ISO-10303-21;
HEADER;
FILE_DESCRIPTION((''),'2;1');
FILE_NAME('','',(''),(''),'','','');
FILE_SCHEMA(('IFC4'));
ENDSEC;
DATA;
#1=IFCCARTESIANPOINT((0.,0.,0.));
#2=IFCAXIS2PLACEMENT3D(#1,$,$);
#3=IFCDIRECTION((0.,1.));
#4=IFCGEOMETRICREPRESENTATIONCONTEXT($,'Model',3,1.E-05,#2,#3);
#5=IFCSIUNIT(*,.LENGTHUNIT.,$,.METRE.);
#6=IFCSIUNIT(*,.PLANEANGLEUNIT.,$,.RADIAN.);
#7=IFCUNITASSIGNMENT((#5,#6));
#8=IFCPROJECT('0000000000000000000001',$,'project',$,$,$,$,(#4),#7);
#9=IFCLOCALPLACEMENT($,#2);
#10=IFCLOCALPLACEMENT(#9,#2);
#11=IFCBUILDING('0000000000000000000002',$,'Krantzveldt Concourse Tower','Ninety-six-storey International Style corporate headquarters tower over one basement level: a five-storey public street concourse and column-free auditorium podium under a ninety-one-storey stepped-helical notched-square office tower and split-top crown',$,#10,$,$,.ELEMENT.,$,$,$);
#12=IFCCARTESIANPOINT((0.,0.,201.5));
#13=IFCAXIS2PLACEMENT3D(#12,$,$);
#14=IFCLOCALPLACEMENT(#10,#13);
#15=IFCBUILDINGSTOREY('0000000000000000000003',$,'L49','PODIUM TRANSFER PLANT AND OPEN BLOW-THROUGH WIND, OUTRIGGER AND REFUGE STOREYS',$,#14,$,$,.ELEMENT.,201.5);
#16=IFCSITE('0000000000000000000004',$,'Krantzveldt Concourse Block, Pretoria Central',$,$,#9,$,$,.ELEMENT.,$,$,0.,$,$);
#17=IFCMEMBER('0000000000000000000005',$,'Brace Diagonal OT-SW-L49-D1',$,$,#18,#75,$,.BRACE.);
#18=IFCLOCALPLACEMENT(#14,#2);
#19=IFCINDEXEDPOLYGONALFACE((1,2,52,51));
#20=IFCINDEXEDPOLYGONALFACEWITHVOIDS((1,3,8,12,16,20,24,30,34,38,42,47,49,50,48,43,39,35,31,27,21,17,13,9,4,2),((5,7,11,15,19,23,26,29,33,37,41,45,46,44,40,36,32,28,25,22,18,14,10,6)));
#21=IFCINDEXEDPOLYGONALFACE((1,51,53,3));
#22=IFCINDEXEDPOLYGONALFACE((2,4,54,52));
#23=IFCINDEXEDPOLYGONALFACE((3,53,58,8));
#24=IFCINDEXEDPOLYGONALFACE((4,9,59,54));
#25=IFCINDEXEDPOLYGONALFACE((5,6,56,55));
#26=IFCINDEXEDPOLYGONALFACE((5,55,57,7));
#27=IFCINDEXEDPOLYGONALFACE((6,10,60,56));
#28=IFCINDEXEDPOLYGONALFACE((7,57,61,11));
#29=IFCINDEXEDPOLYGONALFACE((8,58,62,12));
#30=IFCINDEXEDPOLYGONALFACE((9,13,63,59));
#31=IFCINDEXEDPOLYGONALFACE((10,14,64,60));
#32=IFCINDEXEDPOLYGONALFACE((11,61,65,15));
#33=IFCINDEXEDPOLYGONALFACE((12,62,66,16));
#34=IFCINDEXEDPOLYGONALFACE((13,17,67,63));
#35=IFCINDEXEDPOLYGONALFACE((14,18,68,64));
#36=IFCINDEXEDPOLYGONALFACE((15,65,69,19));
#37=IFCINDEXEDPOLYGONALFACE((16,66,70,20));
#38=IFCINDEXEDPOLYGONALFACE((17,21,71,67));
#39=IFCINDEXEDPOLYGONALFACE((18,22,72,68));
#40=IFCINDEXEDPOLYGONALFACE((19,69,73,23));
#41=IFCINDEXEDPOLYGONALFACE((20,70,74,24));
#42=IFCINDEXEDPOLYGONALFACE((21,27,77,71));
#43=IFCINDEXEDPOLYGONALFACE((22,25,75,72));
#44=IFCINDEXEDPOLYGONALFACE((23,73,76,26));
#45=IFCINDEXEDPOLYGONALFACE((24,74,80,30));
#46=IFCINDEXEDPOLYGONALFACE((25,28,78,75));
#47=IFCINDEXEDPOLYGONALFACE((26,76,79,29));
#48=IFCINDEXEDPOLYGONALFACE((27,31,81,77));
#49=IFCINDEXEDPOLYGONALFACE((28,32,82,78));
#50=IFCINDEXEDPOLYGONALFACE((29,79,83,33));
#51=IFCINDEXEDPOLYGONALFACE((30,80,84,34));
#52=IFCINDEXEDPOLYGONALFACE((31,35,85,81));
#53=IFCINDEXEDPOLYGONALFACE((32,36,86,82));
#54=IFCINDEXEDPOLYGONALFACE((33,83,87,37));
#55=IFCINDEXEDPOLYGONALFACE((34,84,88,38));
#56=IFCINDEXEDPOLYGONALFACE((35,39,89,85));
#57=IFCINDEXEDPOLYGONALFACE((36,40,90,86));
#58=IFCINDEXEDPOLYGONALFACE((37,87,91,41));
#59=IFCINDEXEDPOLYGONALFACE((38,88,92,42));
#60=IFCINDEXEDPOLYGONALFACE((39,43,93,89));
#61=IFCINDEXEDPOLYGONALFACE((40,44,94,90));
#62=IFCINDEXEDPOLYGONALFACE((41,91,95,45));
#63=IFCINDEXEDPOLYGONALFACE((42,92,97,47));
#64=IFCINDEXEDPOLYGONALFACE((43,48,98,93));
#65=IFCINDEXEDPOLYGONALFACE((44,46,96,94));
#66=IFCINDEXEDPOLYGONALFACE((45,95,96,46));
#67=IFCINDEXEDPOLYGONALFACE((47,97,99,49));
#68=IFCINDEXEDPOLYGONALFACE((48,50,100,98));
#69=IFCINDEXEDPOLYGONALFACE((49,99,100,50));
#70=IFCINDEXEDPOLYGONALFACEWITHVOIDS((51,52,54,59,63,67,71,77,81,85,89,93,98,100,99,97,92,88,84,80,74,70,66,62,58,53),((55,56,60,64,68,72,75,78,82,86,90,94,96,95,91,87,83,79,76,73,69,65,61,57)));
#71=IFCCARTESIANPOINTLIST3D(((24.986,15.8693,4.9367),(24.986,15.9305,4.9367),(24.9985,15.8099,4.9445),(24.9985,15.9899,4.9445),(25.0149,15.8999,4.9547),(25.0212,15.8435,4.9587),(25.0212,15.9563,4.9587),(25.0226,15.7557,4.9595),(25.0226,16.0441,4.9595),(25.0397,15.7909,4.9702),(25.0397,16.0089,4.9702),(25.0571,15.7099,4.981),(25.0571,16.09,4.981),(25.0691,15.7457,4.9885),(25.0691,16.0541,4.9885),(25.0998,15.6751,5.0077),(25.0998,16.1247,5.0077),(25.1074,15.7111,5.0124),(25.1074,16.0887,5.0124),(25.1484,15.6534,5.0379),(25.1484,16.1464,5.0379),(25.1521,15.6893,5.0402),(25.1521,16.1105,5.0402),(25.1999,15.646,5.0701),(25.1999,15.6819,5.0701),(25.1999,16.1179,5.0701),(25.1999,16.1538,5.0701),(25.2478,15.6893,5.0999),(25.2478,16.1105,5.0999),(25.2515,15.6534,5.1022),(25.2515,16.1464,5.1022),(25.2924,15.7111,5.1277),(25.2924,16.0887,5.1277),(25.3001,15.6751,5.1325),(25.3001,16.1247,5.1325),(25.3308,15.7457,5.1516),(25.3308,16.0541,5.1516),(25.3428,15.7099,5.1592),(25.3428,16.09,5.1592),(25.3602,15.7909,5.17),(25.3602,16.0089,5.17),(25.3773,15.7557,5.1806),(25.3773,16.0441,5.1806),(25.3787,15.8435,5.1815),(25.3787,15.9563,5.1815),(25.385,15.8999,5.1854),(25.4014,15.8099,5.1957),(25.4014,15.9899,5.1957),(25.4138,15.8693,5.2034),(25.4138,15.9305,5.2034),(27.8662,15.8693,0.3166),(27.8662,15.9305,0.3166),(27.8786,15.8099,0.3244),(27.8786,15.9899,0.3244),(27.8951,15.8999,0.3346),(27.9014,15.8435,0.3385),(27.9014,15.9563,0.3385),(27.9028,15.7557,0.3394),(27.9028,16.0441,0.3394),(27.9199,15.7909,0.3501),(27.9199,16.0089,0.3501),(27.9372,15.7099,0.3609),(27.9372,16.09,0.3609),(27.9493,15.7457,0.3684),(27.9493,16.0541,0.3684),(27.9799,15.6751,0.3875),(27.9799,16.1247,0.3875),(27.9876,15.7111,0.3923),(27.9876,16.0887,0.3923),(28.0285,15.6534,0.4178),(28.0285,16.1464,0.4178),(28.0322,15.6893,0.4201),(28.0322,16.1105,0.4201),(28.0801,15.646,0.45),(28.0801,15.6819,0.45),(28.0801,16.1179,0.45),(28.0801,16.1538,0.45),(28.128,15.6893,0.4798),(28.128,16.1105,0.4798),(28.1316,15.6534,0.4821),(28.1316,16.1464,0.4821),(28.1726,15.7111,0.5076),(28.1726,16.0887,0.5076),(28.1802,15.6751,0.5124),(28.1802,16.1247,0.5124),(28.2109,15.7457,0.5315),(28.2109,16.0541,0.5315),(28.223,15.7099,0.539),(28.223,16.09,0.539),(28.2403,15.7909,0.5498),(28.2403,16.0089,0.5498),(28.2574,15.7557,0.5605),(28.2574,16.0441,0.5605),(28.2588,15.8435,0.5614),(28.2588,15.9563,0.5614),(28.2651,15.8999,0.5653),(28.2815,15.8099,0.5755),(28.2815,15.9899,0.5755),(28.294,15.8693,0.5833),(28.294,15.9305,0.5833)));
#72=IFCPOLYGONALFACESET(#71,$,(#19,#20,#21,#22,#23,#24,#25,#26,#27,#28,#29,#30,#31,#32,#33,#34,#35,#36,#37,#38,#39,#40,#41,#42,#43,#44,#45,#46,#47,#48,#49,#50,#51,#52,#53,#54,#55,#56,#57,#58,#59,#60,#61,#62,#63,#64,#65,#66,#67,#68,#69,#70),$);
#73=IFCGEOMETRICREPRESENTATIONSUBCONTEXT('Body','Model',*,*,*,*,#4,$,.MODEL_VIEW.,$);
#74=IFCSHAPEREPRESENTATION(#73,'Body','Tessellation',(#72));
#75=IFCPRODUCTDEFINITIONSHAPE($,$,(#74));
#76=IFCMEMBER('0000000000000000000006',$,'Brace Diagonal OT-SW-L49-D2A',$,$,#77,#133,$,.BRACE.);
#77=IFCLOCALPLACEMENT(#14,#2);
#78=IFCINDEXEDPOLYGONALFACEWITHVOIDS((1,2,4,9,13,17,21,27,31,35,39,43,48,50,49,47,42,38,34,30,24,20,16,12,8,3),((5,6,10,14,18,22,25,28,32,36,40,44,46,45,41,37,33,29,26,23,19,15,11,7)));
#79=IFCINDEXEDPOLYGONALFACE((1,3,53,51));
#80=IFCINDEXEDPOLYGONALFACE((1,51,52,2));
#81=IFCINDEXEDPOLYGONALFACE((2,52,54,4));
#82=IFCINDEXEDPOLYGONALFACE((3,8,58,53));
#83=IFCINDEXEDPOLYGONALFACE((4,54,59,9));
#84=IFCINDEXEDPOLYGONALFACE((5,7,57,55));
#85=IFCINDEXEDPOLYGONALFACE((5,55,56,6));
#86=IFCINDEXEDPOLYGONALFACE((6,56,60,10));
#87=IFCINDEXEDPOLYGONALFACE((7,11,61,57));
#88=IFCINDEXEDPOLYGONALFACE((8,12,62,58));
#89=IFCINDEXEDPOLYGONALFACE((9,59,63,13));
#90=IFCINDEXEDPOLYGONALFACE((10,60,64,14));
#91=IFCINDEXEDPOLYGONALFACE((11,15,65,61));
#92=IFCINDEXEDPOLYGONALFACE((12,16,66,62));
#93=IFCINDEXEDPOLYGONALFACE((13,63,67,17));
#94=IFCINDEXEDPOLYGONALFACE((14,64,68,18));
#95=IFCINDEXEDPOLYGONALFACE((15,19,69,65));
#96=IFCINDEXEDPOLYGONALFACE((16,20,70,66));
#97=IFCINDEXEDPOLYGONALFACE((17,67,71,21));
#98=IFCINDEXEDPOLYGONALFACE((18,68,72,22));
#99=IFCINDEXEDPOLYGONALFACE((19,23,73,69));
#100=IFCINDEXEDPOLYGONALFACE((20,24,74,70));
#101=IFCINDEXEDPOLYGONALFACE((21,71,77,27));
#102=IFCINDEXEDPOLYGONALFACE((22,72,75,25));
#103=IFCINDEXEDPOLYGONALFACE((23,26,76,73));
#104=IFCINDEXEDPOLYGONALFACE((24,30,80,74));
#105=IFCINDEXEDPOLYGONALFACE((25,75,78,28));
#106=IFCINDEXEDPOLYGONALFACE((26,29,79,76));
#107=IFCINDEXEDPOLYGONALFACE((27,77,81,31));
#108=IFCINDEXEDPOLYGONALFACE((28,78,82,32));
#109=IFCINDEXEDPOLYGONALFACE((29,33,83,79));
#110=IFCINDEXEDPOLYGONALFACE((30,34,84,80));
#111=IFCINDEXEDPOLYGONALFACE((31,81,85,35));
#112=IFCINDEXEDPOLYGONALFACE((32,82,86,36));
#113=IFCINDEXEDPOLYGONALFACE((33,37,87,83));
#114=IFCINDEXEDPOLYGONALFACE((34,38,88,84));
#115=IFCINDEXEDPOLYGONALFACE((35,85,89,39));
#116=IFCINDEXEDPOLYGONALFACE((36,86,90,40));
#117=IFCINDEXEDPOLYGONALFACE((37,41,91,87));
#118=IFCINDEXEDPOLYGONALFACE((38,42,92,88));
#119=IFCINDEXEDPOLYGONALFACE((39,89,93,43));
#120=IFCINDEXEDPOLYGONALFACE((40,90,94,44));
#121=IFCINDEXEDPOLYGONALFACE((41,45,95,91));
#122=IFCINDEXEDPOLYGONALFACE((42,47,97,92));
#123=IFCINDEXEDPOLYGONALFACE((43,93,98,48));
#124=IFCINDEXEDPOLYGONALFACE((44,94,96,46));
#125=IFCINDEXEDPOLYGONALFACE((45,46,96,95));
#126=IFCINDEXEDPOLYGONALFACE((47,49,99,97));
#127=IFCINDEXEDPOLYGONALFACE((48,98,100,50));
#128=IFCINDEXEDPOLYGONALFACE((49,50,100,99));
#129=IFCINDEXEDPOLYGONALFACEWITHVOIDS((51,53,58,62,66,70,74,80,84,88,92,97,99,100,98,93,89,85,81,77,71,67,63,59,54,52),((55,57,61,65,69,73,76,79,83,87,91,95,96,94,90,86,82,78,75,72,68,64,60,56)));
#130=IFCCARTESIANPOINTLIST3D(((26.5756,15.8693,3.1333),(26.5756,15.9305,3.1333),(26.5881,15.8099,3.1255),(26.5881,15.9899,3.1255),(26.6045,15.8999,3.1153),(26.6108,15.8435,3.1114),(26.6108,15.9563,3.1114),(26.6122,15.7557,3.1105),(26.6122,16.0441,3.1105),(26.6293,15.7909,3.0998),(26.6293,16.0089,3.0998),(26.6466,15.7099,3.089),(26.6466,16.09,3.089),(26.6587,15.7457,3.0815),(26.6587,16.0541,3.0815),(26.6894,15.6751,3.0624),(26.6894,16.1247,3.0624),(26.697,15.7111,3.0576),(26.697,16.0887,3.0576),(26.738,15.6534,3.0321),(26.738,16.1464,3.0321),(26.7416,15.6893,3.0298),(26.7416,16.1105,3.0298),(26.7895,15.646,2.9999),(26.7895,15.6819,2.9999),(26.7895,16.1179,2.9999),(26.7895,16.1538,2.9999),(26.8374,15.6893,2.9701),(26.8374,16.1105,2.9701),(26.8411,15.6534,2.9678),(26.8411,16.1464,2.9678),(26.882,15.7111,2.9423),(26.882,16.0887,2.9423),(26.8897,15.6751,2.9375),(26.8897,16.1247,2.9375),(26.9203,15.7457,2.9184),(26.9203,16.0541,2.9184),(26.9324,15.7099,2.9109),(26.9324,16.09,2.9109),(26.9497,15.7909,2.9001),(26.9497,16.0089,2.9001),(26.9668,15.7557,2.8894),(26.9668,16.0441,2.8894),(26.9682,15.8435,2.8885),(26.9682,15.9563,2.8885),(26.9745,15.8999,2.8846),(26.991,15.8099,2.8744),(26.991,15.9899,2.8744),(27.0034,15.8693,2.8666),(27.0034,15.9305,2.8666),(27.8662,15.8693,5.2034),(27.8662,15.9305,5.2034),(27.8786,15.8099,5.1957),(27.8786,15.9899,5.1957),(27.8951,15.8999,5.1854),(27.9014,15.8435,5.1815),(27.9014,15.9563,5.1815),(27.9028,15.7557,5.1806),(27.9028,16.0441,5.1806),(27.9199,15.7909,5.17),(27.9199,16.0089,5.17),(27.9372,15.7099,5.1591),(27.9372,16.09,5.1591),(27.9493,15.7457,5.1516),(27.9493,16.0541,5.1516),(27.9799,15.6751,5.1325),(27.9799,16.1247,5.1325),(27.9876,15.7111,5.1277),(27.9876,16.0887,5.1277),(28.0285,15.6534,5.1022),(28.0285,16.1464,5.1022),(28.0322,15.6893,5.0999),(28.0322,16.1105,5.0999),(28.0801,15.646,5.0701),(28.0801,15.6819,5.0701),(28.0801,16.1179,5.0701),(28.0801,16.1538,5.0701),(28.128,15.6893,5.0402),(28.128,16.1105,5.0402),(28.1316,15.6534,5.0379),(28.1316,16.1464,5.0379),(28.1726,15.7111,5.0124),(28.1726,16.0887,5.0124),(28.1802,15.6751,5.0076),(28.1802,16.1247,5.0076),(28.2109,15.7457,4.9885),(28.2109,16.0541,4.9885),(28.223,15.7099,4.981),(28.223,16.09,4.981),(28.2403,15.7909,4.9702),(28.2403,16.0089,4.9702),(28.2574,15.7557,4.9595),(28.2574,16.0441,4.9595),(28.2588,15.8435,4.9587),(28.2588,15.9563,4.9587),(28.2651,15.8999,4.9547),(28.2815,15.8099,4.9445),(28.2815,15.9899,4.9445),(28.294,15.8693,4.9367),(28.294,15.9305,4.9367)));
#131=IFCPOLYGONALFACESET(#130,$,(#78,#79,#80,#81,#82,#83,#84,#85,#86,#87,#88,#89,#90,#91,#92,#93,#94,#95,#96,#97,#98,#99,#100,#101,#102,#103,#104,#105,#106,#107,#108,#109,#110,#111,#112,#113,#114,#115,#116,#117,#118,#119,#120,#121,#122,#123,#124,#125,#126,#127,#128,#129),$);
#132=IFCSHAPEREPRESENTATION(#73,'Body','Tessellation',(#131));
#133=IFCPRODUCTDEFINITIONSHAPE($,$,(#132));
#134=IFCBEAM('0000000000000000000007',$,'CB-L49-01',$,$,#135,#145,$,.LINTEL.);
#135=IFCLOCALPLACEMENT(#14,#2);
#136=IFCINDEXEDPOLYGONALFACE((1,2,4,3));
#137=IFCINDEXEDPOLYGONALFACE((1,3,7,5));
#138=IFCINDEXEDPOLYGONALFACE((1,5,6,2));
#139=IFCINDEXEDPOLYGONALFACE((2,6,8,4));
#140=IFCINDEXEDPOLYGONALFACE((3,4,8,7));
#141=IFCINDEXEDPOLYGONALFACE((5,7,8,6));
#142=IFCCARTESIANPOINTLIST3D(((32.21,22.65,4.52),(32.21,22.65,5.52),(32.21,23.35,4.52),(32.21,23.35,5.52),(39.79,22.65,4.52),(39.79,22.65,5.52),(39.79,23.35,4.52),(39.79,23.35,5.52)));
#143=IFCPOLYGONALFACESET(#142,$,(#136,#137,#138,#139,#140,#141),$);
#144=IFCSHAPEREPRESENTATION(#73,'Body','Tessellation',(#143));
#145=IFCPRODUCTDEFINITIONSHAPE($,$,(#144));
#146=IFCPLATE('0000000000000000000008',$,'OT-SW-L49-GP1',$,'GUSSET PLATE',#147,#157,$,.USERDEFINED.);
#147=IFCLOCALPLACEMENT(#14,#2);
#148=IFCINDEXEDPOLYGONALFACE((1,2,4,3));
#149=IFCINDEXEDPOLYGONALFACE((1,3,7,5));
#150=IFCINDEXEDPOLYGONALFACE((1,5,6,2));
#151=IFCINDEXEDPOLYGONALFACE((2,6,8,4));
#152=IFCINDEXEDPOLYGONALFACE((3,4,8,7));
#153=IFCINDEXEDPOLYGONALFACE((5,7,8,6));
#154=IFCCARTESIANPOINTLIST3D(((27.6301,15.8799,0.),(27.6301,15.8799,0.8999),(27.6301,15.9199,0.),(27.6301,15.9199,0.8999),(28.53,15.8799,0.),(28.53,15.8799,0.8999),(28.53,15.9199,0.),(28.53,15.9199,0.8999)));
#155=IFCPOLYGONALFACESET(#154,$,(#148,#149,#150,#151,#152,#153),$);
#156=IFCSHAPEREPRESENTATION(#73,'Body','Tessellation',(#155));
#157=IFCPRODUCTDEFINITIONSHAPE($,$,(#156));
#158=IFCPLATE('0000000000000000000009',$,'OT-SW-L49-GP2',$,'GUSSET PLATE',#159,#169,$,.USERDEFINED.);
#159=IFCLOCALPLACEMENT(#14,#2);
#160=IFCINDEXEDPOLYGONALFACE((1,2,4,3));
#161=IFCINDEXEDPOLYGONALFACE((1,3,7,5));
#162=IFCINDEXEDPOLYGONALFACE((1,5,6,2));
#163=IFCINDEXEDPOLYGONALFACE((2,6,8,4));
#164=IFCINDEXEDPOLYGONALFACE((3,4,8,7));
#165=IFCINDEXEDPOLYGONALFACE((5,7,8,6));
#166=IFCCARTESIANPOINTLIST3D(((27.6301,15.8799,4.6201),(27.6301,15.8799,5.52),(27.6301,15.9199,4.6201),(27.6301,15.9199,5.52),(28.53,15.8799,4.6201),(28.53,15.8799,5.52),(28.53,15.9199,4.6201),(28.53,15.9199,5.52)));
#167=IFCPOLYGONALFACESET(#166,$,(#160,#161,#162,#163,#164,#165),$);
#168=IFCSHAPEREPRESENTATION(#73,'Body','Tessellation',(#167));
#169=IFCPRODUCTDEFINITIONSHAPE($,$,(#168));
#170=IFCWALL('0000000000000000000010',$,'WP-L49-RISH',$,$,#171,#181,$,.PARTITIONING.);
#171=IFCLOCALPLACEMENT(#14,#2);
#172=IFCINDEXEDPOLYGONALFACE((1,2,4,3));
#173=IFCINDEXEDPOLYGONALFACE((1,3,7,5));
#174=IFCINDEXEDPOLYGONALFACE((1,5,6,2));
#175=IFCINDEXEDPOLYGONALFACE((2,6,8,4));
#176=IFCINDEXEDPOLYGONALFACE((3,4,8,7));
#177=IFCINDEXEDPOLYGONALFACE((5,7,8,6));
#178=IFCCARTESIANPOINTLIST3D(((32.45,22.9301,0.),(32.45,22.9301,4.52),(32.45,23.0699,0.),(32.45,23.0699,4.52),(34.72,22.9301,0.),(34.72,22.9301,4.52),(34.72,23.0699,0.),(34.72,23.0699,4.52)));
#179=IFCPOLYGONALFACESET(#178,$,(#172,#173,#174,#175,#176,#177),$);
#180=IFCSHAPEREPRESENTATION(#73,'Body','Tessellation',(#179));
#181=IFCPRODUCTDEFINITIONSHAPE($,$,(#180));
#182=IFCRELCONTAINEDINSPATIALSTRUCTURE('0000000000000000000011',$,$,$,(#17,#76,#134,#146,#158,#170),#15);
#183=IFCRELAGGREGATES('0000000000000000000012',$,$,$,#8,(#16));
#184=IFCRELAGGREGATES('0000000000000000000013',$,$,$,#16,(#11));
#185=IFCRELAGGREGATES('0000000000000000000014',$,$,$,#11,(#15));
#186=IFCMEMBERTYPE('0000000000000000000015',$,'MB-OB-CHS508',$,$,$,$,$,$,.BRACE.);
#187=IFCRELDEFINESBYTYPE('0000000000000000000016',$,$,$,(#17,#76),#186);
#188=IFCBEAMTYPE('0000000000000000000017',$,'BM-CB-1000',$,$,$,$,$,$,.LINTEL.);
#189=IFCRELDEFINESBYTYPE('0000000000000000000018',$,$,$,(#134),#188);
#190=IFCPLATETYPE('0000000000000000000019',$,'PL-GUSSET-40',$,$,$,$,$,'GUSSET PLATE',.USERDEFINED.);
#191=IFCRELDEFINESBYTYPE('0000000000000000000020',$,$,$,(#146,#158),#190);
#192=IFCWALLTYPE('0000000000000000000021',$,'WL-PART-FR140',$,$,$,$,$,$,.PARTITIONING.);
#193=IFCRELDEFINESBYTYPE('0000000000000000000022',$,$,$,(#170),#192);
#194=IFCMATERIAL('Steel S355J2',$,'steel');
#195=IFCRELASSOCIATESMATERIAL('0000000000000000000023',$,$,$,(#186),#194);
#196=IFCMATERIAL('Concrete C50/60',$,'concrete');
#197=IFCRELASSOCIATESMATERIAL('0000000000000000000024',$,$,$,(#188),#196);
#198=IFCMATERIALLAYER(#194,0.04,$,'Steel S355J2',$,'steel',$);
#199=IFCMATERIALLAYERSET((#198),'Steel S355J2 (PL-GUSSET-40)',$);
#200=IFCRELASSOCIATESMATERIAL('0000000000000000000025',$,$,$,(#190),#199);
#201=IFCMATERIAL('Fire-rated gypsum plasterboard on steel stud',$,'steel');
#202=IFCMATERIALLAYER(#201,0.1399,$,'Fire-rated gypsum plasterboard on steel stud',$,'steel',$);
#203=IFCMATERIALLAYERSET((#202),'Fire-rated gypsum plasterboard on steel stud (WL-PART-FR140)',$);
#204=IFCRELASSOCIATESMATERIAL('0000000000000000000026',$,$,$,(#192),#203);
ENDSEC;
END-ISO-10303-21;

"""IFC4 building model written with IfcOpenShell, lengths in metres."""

from ifc_helpers import new_model, si_unit, direction, frame, frame_2d, origin, origin_2d, place, context, subcontext, project, spatial, rectangle, hollow_circle, extrude, source, transform, mapped, material, layer, layer_set, material_profile, profile_set, type_object, type_shapes, element, save


model = new_model("IFC4")

# Units and contexts
model_context = context("Model", 3, precision=1e-05, world=origin(), true_north=direction((0.0, 1.0)))
body_context = subcontext(model_context, "Body", "Model", "MODEL_VIEW")
ifc_project = project(units=[si_unit("LENGTHUNIT", "METRE"), si_unit("PLANEANGLEUNIT", "RADIAN")], contexts=[model_context])

# Site, building, storey
site_placement = place(None, origin())
site = spatial("IfcSite", under=ifc_project, at=site_placement, Name="Krantzveldt Concourse Block, Pretoria Central", CompositionType="ELEMENT", RefElevation=0.0)
building_placement = place(site_placement, origin())
building = spatial("IfcBuilding", under=site, at=building_placement, Name="Krantzveldt Concourse Tower", Description="Ninety-six-storey International Style corporate headquarters tower over one basement level: a five-storey public street concourse and column-free auditorium podium under a ninety-one-storey stepped-helical notched-square office tower and split-top crown", CompositionType="ELEMENT")
storey_placement = place(building_placement, frame((0.0, 0.0, 201.5)))
storey = spatial("IfcBuildingStorey", under=building, at=storey_placement, Name="L49", Description="PODIUM TRANSFER PLANT AND OPEN BLOW-THROUGH WIND, OUTRIGGER AND REFUGE STOREYS", CompositionType="ELEMENT", Elevation=201.5)

# Members
ifc_material_1 = material(Name="Steel S355J2", Category="steel")
ifc_material_profile_1 = material_profile(ifc_material_1, hollow_circle(Radius=0.2539, WallThickness=0.0359, at=origin_2d()), Name="Steel S355J2", Category="steel")
ifc_profile_set_1 = profile_set([ifc_material_profile_1], Name="Steel S355J2 - CHS 508x36")
member_type = type_object("IfcMemberType", Name="MB-OB-CHS508", PredefinedType="BRACE", material=ifc_profile_set_1)
shared_shape_1 = source(origin(), body_context, "Body", "SweptSolid", [
    extrude(hollow_circle(Radius=0.2539, WallThickness=0.0359, at=origin_2d()), origin(), (0.0, 0.0, 1.0), 5.4443),
])
member_1_placement = place(storey_placement, frame((28.0801, 15.8999, 0.45), z_axis=(-0.529015, 0.0, 0.848612), x_axis=(0.0, -1.0, 0.0)))
element("IfcMember", 1, at=member_1_placement, inside=storey, type_object=member_type, Name="Brace Diagonal OT-SW-L49-D1", PredefinedType="BRACE", context=body_context, shape_type="MappedRepresentation", body=[
    mapped(shared_shape_1, transform((0.0, 0.0, 0.0), x_axis=(1.0, 0.0, 0.0), y_axis=(0.0, 1.0, 0.0), z_axis=(0.0, 0.0, 1.0), scale=1.0)),
])
shared_shape_2 = source(origin(), body_context, "Body", "SweptSolid", [
    extrude(hollow_circle(Radius=0.2539, WallThickness=0.0359, at=origin_2d()), origin(), (0.0, 0.0, 1.0), 2.4395),
])
type_shapes(member_type, [shared_shape_1, shared_shape_2])
member_2_placement = place(storey_placement, frame((28.0801, 15.8999, 5.0701), z_axis=(-0.529036, 0.0, -0.848599), x_axis=(0.0, -1.0, 0.0)))
element("IfcMember", 2, at=member_2_placement, inside=storey, type_object=member_type, Name="Brace Diagonal OT-SW-L49-D2A", PredefinedType="BRACE", context=body_context, shape_type="MappedRepresentation", body=[
    mapped(shared_shape_2, transform((0.0, 0.0, 0.0), x_axis=(1.0, 0.0, 0.0), y_axis=(0.0, 1.0, 0.0), z_axis=(0.0, 0.0, 1.0), scale=1.0)),
])

# Beam
ifc_material_2 = material(Name="Concrete C50/60", Category="concrete")
ifc_material_profile_2 = material_profile(ifc_material_2, rectangle(XDim=0.7, YDim=1.0, at=origin_2d()), Name="Concrete C50/60", Category="concrete")
ifc_profile_set_2 = profile_set([ifc_material_profile_2], Name="Concrete C50/60 - RC-CB 700x1000")
beam_type = type_object("IfcBeamType", Name="BM-CB-1000", PredefinedType="LINTEL", material=ifc_profile_set_2)
shared_shape_3 = source(origin(), body_context, "Body", "SweptSolid", [
    extrude(rectangle(XDim=0.7, YDim=1.0, at=origin_2d()), origin(), (0.0, 0.0, 1.0), 7.5801),
])
type_shapes(beam_type, [shared_shape_3])
beam_placement = place(storey_placement, frame((32.21, 23.0, 5.02), z_axis=(1.0, 0.0, 0.0), x_axis=(0.0, 1.0, 0.0)))
element("IfcBeam", 3, at=beam_placement, inside=storey, type_object=beam_type, Name="CB-L49-01", PredefinedType="LINTEL", context=body_context, shape_type="MappedRepresentation", body=[
    mapped(shared_shape_3, transform((0.0, 0.0, 0.0), x_axis=(1.0, 0.0, 0.0), y_axis=(0.0, 1.0, 0.0), z_axis=(0.0, 0.0, 1.0), scale=1.0)),
])

# Plates
ifc_layer_1 = layer(ifc_material_1, 0.04, Name="Steel S355J2", Category="steel")
ifc_layer_set_1 = layer_set([ifc_layer_1], Name="Steel S355J2 (PL-GUSSET-40)")
plate_type = type_object("IfcPlateType", Name="PL-GUSSET-40", ElementType="GUSSET PLATE", PredefinedType="USERDEFINED", material=ifc_layer_set_1)
shared_shape_4 = source(origin(), body_context, "Body", "SweptSolid", [
    extrude(rectangle(XDim=0.8999, YDim=0.04, at=origin_2d()), origin(), (0.0, 0.0, 1.0), 0.8999),
])
type_shapes(plate_type, [shared_shape_4])
for number, where, z_axis, x_axis, name in (
    (4, (28.0801, 15.8999, 0.0), (0.0, 0.0, 1.0), (1.0, 0.0, 0.0), "OT-SW-L49-GP1"),
    (5, (28.0801, 15.8999, 4.6201), (0.0, 0.0, 1.0), (1.0, 0.0, 0.0), "OT-SW-L49-GP2"),
):
    element("IfcPlate", number, at=place(storey_placement, frame(where, z_axis=z_axis, x_axis=x_axis)), inside=storey, type_object=plate_type, Name=name, ObjectType="GUSSET PLATE", PredefinedType="USERDEFINED", context=body_context, shape_type="MappedRepresentation", body=[
        mapped(shared_shape_4, transform((0.0, 0.0, 0.0), x_axis=(1.0, 0.0, 0.0), y_axis=(0.0, 1.0, 0.0), z_axis=(0.0, 0.0, 1.0), scale=1.0)),
    ])

# Wall
ifc_material_3 = material(Name="Fire-rated gypsum plasterboard on steel stud", Category="steel")
ifc_layer_2 = layer(ifc_material_3, 0.1399, Name="Fire-rated gypsum plasterboard on steel stud", Category="steel")
ifc_layer_set_2 = layer_set([ifc_layer_2], Name="Fire-rated gypsum plasterboard on steel stud (WL-PART-FR140)")
wall_type_1 = type_object("IfcWallType", Name="WL-PART-FR140", PredefinedType="PARTITIONING", material=ifc_layer_set_2)
wall_1_placement = place(storey_placement, frame((32.45, 23.0, 0.0), z_axis=(0.0, 0.0, 1.0), x_axis=(1.0, 0.0, 0.0)))
element("IfcWall", 6, at=wall_1_placement, inside=storey, type_object=wall_type_1, Name="WP-L49-RISH", PredefinedType="PARTITIONING", context=body_context, shape_type="SweptSolid", body=[
    extrude(rectangle(XDim=2.27, YDim=0.1399, at=frame_2d((1.135, 0.0))), origin(), (0.0, 0.0, 1.0), 4.52),
])

save(model, "model.ifc")
